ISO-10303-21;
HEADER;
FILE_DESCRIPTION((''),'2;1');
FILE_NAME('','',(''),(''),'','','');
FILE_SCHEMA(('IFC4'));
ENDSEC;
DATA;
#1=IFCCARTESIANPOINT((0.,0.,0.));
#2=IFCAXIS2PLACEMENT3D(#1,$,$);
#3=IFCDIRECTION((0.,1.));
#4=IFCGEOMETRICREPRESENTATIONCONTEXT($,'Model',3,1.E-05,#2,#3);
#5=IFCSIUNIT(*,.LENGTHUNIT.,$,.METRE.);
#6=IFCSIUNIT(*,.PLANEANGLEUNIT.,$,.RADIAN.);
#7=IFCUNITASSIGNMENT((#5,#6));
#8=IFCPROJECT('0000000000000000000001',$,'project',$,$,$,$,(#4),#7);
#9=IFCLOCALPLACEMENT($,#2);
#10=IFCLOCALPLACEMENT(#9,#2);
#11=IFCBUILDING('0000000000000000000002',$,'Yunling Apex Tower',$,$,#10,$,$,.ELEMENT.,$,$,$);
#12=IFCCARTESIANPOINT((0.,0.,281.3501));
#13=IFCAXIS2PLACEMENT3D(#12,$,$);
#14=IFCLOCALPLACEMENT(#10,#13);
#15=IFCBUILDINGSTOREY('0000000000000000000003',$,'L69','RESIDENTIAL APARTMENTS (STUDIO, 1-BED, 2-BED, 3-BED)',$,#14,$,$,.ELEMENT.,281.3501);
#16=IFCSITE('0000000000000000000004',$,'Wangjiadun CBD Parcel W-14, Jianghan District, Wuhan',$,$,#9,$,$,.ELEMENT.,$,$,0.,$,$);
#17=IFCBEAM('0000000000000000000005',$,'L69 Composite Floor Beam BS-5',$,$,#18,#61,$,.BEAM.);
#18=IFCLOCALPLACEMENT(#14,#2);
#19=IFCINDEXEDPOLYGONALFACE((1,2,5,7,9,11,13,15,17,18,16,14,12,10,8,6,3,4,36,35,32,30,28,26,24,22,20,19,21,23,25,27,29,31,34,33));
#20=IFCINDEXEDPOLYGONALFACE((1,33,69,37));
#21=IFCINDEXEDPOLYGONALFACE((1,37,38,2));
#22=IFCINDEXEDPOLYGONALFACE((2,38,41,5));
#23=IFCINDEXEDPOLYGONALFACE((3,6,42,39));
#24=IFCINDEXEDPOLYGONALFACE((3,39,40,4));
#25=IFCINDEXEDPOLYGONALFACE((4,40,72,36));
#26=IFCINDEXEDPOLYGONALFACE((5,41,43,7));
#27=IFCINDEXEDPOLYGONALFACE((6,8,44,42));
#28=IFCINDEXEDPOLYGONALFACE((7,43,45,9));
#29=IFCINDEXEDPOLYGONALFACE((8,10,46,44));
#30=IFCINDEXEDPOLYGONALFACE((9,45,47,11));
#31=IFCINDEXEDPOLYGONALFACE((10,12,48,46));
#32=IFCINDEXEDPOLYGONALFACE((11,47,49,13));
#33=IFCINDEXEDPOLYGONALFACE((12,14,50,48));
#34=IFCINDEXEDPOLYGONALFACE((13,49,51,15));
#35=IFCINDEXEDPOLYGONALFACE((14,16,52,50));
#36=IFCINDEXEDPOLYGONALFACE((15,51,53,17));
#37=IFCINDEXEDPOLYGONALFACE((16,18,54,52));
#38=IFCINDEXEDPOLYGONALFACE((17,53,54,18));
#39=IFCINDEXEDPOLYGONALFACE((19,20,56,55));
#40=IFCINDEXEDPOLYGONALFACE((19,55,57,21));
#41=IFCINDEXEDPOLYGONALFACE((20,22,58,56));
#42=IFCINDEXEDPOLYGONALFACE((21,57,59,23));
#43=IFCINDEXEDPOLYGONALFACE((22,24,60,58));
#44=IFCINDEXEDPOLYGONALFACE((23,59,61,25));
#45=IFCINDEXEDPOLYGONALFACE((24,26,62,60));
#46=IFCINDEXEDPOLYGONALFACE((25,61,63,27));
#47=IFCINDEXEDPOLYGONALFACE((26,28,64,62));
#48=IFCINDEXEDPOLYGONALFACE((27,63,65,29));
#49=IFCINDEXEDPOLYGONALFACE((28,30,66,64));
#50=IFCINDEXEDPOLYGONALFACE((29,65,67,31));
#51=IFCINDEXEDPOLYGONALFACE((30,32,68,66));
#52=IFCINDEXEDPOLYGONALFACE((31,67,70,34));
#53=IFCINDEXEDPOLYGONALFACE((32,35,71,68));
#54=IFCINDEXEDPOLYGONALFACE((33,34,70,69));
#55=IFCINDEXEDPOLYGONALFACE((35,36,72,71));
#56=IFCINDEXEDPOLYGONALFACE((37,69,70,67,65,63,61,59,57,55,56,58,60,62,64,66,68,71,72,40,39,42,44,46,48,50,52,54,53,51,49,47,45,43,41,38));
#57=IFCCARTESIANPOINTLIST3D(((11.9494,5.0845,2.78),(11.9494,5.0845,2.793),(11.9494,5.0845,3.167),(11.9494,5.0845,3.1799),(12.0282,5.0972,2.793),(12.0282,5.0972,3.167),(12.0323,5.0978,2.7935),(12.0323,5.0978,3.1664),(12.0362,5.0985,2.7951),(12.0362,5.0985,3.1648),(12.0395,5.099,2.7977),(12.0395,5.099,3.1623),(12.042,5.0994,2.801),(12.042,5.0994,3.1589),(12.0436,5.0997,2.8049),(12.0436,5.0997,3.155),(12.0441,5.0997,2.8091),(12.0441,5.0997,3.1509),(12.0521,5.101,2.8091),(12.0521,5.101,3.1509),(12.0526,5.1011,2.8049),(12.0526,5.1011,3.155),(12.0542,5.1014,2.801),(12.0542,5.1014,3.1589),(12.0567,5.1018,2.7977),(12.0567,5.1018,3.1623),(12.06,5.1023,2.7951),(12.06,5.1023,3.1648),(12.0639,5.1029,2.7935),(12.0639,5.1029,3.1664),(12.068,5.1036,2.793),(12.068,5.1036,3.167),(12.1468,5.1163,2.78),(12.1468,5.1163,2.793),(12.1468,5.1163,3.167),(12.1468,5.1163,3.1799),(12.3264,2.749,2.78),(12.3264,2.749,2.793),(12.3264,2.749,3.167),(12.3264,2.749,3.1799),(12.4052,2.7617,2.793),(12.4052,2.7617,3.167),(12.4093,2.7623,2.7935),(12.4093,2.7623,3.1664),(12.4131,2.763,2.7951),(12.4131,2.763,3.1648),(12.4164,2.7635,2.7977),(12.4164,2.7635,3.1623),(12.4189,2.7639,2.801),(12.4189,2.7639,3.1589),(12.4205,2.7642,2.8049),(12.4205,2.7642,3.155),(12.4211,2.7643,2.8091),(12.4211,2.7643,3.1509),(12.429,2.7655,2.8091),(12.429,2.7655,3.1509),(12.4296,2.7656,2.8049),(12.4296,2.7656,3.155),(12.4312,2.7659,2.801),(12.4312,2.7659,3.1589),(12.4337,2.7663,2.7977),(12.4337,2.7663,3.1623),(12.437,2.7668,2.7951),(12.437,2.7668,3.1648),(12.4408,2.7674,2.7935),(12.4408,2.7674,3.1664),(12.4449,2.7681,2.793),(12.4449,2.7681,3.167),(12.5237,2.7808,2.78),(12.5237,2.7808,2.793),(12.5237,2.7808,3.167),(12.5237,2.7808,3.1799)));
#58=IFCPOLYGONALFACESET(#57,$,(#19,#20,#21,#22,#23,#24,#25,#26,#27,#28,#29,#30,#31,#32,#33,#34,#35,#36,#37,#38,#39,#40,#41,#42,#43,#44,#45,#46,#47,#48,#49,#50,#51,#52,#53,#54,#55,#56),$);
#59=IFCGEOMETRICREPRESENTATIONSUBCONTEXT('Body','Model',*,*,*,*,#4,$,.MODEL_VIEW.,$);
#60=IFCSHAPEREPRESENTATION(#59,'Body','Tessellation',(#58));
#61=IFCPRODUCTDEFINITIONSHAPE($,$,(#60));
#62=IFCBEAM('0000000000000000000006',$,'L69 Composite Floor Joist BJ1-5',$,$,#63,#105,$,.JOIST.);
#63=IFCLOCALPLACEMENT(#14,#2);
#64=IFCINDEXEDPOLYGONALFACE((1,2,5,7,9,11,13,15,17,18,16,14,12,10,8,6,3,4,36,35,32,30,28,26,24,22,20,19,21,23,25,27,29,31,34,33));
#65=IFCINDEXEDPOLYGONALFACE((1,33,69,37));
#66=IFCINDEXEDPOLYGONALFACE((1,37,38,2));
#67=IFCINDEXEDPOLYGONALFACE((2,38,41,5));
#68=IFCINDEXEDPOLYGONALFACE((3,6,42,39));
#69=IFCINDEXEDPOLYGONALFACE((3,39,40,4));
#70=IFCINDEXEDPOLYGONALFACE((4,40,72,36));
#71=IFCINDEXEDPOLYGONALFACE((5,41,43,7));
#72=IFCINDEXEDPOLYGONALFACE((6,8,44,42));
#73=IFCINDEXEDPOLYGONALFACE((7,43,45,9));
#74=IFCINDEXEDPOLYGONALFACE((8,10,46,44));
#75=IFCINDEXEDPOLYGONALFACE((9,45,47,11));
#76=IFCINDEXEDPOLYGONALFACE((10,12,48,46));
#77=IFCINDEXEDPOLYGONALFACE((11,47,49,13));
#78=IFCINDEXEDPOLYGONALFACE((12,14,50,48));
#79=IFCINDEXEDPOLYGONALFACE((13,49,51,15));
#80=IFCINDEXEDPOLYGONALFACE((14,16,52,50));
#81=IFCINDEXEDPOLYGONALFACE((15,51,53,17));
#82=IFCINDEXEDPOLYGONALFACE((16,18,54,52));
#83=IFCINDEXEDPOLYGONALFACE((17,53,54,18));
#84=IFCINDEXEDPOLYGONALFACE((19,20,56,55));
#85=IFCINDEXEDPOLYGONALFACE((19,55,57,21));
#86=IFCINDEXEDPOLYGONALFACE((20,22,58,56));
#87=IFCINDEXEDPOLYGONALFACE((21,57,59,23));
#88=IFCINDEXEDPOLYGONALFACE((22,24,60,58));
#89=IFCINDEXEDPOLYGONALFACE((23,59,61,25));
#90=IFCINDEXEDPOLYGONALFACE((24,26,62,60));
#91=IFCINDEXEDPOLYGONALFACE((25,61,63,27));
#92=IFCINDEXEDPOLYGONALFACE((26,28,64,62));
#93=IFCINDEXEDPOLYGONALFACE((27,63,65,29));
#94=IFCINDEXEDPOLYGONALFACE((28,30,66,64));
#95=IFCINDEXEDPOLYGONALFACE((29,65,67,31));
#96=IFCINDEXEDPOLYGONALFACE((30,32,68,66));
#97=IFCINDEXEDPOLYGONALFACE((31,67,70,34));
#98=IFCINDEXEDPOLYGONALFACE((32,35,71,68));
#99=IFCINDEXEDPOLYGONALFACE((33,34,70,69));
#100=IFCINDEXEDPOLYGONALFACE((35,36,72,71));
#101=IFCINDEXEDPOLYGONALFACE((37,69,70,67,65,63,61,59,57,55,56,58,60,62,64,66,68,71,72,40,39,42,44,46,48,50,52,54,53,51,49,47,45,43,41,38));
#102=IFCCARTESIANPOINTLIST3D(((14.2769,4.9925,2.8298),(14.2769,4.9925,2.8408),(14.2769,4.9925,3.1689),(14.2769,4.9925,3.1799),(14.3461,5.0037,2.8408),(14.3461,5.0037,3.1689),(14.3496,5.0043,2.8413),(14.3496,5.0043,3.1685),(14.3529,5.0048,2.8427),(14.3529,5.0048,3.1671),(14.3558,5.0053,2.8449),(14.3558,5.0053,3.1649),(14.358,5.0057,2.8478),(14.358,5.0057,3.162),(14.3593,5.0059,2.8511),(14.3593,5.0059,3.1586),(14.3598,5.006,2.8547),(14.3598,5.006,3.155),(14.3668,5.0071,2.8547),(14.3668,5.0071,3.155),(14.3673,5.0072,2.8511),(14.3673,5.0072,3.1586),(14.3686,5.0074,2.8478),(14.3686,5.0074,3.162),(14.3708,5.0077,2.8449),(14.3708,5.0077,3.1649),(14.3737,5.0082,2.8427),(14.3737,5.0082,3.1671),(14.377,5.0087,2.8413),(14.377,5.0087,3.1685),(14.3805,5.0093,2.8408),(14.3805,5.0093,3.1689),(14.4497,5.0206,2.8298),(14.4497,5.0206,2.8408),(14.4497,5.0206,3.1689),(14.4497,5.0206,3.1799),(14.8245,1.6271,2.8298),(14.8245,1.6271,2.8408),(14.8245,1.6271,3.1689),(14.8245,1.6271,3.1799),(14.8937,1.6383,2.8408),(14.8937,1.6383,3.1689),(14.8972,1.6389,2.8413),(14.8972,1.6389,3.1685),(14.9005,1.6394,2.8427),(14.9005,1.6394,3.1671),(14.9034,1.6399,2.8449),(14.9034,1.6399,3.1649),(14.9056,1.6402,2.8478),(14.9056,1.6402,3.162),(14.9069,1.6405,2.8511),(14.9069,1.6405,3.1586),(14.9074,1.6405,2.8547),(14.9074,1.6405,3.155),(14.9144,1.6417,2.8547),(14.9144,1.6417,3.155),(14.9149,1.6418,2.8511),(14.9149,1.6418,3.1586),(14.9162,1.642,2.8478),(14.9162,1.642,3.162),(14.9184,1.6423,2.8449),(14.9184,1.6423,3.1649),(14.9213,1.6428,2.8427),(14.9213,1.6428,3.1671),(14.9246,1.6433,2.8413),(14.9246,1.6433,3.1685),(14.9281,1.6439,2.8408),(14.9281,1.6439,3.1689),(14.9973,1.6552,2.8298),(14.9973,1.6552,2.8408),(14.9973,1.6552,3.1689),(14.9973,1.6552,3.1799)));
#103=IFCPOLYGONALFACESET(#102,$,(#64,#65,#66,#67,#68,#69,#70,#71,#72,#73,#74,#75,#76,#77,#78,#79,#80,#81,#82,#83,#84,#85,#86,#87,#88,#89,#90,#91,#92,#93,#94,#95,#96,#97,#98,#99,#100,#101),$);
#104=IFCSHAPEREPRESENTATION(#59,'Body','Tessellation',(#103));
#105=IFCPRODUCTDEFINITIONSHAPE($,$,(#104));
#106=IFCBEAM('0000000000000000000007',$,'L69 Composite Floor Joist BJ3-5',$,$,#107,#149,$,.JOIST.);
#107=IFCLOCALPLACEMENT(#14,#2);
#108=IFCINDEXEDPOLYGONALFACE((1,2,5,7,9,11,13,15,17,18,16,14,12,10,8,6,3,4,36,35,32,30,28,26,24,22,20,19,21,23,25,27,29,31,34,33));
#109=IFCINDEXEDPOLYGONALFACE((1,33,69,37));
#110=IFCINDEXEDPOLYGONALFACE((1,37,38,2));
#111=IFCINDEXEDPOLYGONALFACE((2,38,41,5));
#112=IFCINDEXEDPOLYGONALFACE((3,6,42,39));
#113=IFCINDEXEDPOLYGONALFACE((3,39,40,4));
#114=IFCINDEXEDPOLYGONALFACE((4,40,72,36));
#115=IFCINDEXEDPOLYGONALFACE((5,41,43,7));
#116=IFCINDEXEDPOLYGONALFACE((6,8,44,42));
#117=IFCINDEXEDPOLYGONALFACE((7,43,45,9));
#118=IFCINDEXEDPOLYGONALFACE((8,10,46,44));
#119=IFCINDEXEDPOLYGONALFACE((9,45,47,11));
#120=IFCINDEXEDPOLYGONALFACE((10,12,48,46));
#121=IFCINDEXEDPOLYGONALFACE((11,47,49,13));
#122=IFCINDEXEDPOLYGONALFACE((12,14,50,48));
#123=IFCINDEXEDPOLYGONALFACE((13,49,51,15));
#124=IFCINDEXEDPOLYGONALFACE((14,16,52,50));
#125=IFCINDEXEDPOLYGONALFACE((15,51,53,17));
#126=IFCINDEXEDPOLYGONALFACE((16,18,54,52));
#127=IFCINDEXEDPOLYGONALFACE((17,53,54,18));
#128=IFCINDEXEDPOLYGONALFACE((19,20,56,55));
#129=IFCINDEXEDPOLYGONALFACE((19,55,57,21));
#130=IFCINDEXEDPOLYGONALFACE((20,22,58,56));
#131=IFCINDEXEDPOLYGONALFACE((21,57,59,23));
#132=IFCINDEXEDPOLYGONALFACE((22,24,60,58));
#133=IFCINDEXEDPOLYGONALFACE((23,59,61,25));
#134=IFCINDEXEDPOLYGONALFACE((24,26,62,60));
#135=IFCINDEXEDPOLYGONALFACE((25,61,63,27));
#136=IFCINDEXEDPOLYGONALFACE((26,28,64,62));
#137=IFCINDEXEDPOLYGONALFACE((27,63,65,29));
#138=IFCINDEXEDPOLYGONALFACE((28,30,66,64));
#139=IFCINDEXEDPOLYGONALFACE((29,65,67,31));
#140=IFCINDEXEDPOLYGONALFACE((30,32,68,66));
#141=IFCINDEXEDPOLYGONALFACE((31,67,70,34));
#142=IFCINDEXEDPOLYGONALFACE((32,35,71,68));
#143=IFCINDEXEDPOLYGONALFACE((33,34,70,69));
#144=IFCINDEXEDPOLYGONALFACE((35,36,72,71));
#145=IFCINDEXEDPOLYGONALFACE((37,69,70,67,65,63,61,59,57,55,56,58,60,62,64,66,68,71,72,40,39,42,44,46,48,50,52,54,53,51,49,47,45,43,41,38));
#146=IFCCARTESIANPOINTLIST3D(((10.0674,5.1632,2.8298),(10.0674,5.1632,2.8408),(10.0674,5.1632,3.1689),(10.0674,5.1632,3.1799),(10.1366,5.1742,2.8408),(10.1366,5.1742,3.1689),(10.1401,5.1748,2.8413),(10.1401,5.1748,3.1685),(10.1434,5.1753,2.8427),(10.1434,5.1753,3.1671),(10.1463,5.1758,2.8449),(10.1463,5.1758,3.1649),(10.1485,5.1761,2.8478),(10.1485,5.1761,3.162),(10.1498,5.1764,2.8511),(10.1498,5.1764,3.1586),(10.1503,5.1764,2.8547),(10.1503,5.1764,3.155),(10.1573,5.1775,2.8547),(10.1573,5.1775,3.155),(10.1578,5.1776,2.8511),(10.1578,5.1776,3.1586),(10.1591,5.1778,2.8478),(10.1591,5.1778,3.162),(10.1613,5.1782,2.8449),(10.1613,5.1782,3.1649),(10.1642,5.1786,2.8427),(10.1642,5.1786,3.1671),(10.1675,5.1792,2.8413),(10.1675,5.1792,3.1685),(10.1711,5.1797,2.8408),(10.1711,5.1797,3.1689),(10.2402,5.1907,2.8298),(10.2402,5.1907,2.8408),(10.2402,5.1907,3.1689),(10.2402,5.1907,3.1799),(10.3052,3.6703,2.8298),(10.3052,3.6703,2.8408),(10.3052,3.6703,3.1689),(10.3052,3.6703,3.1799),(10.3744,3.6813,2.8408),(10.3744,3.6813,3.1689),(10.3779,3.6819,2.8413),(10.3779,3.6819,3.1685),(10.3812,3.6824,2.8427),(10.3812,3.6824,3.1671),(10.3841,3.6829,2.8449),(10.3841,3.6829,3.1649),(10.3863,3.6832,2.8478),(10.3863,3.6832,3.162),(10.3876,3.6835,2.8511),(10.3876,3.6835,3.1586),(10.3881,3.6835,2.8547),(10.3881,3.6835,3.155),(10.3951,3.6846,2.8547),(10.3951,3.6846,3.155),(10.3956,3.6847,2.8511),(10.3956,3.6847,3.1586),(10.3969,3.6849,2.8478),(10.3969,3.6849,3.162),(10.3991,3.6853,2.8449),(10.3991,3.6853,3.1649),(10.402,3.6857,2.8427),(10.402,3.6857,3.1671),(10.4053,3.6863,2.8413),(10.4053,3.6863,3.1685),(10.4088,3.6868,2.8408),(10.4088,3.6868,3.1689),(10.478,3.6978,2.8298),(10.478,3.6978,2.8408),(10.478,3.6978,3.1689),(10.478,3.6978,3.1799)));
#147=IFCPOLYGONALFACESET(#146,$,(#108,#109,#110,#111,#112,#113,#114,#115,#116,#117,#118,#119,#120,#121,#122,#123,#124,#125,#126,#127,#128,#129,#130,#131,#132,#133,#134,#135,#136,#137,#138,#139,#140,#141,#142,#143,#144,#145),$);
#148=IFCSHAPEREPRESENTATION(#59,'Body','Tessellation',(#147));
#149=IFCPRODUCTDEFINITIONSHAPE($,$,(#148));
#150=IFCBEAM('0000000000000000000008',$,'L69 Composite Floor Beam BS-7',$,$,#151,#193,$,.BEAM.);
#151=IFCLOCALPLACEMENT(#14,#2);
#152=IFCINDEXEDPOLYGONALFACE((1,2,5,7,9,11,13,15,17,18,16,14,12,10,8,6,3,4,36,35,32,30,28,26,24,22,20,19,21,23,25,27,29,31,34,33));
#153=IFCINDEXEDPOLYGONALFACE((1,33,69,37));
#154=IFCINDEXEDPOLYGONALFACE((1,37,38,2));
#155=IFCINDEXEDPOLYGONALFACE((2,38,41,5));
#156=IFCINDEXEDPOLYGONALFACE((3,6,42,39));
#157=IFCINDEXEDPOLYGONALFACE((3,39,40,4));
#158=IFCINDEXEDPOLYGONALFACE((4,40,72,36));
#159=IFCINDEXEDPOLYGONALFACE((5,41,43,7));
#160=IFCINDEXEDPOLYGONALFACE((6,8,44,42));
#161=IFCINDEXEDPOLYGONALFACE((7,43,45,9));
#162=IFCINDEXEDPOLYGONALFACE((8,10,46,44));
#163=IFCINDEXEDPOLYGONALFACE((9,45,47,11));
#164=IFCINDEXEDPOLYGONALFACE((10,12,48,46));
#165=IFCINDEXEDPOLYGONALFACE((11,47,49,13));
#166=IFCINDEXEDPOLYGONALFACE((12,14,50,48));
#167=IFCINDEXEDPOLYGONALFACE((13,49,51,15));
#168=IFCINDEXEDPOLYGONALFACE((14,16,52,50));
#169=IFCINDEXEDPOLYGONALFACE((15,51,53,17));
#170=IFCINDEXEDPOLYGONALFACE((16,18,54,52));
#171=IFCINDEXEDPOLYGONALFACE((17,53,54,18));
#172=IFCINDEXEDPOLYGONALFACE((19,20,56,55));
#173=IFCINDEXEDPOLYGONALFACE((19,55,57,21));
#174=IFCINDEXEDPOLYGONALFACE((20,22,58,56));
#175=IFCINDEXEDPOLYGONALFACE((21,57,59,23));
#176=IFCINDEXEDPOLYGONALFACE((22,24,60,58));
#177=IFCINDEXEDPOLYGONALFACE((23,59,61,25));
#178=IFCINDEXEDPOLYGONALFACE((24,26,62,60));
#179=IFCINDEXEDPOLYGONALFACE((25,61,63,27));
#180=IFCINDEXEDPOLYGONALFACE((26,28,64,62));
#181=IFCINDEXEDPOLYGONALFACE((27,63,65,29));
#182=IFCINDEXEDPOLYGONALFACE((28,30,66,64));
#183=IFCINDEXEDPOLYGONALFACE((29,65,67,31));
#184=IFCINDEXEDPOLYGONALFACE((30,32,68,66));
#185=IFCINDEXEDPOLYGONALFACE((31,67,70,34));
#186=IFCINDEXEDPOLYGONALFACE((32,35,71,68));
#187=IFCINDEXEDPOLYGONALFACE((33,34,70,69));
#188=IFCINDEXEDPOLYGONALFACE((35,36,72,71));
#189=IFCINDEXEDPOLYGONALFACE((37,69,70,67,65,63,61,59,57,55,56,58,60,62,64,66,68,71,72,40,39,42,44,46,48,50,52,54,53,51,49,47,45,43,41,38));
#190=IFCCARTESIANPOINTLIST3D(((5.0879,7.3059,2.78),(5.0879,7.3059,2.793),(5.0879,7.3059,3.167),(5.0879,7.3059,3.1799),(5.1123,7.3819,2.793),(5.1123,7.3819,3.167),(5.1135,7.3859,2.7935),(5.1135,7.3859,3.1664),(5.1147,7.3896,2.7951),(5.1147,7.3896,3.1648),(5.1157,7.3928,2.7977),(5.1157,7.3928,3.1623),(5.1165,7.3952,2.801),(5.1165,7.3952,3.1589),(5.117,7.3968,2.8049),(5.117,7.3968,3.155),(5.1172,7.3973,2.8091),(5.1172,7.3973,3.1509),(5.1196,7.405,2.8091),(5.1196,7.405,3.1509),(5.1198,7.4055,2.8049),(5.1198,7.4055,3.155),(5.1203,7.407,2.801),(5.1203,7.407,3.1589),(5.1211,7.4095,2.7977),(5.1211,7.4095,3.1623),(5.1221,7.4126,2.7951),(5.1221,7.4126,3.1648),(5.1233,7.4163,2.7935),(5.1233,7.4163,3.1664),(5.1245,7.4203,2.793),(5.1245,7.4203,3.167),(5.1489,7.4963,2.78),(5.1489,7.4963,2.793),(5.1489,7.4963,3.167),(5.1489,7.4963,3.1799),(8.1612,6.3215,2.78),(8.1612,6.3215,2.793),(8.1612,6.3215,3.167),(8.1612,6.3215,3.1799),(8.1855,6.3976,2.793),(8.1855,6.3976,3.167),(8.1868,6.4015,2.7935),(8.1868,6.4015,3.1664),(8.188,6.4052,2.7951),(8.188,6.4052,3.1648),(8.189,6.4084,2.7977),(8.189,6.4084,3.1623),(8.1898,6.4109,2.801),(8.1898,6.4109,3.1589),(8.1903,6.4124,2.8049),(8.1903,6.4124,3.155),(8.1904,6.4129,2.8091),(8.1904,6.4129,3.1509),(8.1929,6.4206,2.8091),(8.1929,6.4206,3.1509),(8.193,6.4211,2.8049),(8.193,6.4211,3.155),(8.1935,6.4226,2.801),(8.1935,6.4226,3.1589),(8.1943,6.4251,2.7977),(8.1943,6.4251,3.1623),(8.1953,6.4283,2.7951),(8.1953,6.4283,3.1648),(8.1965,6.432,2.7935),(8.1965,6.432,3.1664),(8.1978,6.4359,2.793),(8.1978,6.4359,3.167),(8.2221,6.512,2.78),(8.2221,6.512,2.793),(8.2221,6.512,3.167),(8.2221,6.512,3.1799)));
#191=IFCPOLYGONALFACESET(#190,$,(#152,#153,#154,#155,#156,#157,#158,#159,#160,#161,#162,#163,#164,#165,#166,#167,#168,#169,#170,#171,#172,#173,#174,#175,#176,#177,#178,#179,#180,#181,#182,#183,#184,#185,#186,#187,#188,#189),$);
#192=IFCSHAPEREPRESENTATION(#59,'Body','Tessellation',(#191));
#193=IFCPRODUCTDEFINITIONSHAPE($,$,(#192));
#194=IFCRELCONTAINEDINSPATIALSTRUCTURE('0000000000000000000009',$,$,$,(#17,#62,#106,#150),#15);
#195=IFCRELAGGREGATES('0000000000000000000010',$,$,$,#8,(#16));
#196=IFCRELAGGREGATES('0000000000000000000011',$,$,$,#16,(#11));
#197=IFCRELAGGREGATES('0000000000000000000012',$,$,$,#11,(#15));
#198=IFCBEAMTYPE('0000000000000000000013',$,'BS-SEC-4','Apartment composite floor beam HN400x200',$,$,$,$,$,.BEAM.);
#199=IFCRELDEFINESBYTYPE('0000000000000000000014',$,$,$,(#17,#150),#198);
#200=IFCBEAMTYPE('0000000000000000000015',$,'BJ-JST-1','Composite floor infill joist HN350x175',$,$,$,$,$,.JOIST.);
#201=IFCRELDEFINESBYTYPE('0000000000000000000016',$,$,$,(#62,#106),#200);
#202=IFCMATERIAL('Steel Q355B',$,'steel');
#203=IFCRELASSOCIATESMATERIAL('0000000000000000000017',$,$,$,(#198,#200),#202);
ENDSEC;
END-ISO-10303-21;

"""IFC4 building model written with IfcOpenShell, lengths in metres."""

from ifc_helpers import new_model, si_unit, direction, frame, origin, origin_2d, place, context, subcontext, project, spatial, i_section, extrude, source, transform, mapped, material, material_profile, profile_set, type_object, element, save


model = new_model("IFC4")

# Units and contexts
model_context = context("Model", 3, precision=1e-05, world=origin(), true_north=direction((0.0, 1.0)))
body_context = subcontext(model_context, "Body", "Model", "MODEL_VIEW")
ifc_project = project(units=[si_unit("LENGTHUNIT", "METRE"), si_unit("PLANEANGLEUNIT", "RADIAN")], contexts=[model_context])

# Site, building, storey
site_placement = place(None, origin())
site = spatial("IfcSite", under=ifc_project, at=site_placement, Name="Wangjiadun CBD Parcel W-14, Jianghan District, Wuhan", CompositionType="ELEMENT", RefElevation=0.0)
building_placement = place(site_placement, origin())
building = spatial("IfcBuilding", under=site, at=building_placement, Name="Yunling Apex Tower", CompositionType="ELEMENT")
storey_placement = place(building_placement, frame((0.0, 0.0, 281.3501)))
storey = spatial("IfcBuildingStorey", under=building, at=storey_placement, Name="L69", Description="RESIDENTIAL APARTMENTS (STUDIO, 1-BED, 2-BED, 3-BED)", CompositionType="ELEMENT", Elevation=281.3501)

# Shared definitions
ifc_material_1 = material(Name="Steel Q355B", Category="steel")

# Beams
ifc_material_profile_1 = material_profile(ifc_material_1, i_section(OverallWidth=0.2, OverallDepth=0.3999, WebThickness=0.0081, FlangeThickness=0.0129, FilletRadius=0.0161, at=origin_2d()))
ifc_profile_set_1 = profile_set([ifc_material_profile_1], Name="Steel Q355B")
beam_type_1 = type_object("IfcBeamType", Name="BS-SEC-4", Description="Apartment composite floor beam HN400x200", PredefinedType="BEAM", material=ifc_profile_set_1)
shared_shape_1 = source(origin(), body_context, "Body", "SweptSolid", [
    extrude(i_section(OverallWidth=0.2, OverallDepth=0.3999, WebThickness=0.0081, FlangeThickness=0.0129, FilletRadius=0.0161, at=origin_2d()), origin(), (0.0, 0.0, 1.0), 2.3657),
])
beam_1_placement = place(storey_placement, frame((12.425, 2.7649, 2.98), z_axis=(-0.159343, 0.987223, 0.0), x_axis=(-0.987223, -0.159343, 0.0)))
element("IfcBeam", 1, at=beam_1_placement, inside=storey, type_object=beam_type_1, Name="L69 Composite Floor Beam BS-5", PredefinedType="BEAM", context=body_context, shape_type="MappedRepresentation", body=[
    mapped(shared_shape_1, transform((0.0, 0.0, 0.0), scale=1.0)),
])
ifc_material_profile_2 = material_profile(ifc_material_1, i_section(OverallWidth=0.175, OverallDepth=0.3501, WebThickness=0.0071, FlangeThickness=0.011, FilletRadius=0.0139, at=origin_2d()))
ifc_profile_set_2 = profile_set([ifc_material_profile_2], Name="Steel Q355B")
beam_type_2 = type_object("IfcBeamType", Name="BJ-JST-1", Description="Composite floor infill joist HN350x175", PredefinedType="JOIST", material=ifc_profile_set_2)
shared_shape_2 = source(origin(), body_context, "Body", "SweptSolid", [
    extrude(i_section(OverallWidth=0.175, OverallDepth=0.3501, WebThickness=0.0071, FlangeThickness=0.011, FilletRadius=0.0139, at=origin_2d()), origin(), (0.0, 0.0, 1.0), 3.4097),
])
beam_2_placement = place(storey_placement, frame((14.9109, 1.6411, 3.0049), z_axis=(-0.160601, 0.987019, 0.0), x_axis=(-0.987019, -0.160601, 0.0)))
element("IfcBeam", 2, at=beam_2_placement, inside=storey, type_object=beam_type_2, Name="L69 Composite Floor Joist BJ1-5", PredefinedType="JOIST", context=body_context, shape_type="MappedRepresentation", body=[
    mapped(shared_shape_2, transform((0.0, 0.0, 0.0), scale=1.0)),
])
shared_shape_3 = source(origin(), body_context, "Body", "SweptSolid", [
    extrude(i_section(OverallWidth=0.175, OverallDepth=0.3501, WebThickness=0.0071, FlangeThickness=0.011, FilletRadius=0.0139, at=origin_2d()), origin(), (0.0, 0.0, 1.0), 1.5117),
])
beam_3_placement = place(storey_placement, frame((10.3916, 3.6841, 3.0049), z_axis=(-0.157298, 0.987551, 0.0), x_axis=(-0.987551, -0.157298, 0.0)))
element("IfcBeam", 3, at=beam_3_placement, inside=storey, type_object=beam_type_2, Name="L69 Composite Floor Joist BJ3-5", PredefinedType="JOIST", context=body_context, shape_type="MappedRepresentation", body=[
    mapped(shared_shape_3, transform((0.0, 0.0, 0.0), scale=1.0)),
])
shared_shape_4 = source(origin(), body_context, "Body", "SweptSolid", [
    extrude(i_section(OverallWidth=0.2, OverallDepth=0.3999, WebThickness=0.0081, FlangeThickness=0.0129, FilletRadius=0.0161, at=origin_2d()), origin(), (0.0, 0.0, 1.0), 3.2271),
])
beam_4_placement = place(storey_placement, frame((8.1917, 6.4167, 2.98), z_axis=(-0.95234, 0.305039, 0.0), x_axis=(-0.305039, -0.95234, 0.0)))
element("IfcBeam", 4, at=beam_4_placement, inside=storey, type_object=beam_type_1, Name="L69 Composite Floor Beam BS-7", PredefinedType="BEAM", context=body_context, shape_type="MappedRepresentation", body=[
    mapped(shared_shape_4, transform((0.0, 0.0, 0.0), scale=1.0)),
])

save(model, "model.ifc")
